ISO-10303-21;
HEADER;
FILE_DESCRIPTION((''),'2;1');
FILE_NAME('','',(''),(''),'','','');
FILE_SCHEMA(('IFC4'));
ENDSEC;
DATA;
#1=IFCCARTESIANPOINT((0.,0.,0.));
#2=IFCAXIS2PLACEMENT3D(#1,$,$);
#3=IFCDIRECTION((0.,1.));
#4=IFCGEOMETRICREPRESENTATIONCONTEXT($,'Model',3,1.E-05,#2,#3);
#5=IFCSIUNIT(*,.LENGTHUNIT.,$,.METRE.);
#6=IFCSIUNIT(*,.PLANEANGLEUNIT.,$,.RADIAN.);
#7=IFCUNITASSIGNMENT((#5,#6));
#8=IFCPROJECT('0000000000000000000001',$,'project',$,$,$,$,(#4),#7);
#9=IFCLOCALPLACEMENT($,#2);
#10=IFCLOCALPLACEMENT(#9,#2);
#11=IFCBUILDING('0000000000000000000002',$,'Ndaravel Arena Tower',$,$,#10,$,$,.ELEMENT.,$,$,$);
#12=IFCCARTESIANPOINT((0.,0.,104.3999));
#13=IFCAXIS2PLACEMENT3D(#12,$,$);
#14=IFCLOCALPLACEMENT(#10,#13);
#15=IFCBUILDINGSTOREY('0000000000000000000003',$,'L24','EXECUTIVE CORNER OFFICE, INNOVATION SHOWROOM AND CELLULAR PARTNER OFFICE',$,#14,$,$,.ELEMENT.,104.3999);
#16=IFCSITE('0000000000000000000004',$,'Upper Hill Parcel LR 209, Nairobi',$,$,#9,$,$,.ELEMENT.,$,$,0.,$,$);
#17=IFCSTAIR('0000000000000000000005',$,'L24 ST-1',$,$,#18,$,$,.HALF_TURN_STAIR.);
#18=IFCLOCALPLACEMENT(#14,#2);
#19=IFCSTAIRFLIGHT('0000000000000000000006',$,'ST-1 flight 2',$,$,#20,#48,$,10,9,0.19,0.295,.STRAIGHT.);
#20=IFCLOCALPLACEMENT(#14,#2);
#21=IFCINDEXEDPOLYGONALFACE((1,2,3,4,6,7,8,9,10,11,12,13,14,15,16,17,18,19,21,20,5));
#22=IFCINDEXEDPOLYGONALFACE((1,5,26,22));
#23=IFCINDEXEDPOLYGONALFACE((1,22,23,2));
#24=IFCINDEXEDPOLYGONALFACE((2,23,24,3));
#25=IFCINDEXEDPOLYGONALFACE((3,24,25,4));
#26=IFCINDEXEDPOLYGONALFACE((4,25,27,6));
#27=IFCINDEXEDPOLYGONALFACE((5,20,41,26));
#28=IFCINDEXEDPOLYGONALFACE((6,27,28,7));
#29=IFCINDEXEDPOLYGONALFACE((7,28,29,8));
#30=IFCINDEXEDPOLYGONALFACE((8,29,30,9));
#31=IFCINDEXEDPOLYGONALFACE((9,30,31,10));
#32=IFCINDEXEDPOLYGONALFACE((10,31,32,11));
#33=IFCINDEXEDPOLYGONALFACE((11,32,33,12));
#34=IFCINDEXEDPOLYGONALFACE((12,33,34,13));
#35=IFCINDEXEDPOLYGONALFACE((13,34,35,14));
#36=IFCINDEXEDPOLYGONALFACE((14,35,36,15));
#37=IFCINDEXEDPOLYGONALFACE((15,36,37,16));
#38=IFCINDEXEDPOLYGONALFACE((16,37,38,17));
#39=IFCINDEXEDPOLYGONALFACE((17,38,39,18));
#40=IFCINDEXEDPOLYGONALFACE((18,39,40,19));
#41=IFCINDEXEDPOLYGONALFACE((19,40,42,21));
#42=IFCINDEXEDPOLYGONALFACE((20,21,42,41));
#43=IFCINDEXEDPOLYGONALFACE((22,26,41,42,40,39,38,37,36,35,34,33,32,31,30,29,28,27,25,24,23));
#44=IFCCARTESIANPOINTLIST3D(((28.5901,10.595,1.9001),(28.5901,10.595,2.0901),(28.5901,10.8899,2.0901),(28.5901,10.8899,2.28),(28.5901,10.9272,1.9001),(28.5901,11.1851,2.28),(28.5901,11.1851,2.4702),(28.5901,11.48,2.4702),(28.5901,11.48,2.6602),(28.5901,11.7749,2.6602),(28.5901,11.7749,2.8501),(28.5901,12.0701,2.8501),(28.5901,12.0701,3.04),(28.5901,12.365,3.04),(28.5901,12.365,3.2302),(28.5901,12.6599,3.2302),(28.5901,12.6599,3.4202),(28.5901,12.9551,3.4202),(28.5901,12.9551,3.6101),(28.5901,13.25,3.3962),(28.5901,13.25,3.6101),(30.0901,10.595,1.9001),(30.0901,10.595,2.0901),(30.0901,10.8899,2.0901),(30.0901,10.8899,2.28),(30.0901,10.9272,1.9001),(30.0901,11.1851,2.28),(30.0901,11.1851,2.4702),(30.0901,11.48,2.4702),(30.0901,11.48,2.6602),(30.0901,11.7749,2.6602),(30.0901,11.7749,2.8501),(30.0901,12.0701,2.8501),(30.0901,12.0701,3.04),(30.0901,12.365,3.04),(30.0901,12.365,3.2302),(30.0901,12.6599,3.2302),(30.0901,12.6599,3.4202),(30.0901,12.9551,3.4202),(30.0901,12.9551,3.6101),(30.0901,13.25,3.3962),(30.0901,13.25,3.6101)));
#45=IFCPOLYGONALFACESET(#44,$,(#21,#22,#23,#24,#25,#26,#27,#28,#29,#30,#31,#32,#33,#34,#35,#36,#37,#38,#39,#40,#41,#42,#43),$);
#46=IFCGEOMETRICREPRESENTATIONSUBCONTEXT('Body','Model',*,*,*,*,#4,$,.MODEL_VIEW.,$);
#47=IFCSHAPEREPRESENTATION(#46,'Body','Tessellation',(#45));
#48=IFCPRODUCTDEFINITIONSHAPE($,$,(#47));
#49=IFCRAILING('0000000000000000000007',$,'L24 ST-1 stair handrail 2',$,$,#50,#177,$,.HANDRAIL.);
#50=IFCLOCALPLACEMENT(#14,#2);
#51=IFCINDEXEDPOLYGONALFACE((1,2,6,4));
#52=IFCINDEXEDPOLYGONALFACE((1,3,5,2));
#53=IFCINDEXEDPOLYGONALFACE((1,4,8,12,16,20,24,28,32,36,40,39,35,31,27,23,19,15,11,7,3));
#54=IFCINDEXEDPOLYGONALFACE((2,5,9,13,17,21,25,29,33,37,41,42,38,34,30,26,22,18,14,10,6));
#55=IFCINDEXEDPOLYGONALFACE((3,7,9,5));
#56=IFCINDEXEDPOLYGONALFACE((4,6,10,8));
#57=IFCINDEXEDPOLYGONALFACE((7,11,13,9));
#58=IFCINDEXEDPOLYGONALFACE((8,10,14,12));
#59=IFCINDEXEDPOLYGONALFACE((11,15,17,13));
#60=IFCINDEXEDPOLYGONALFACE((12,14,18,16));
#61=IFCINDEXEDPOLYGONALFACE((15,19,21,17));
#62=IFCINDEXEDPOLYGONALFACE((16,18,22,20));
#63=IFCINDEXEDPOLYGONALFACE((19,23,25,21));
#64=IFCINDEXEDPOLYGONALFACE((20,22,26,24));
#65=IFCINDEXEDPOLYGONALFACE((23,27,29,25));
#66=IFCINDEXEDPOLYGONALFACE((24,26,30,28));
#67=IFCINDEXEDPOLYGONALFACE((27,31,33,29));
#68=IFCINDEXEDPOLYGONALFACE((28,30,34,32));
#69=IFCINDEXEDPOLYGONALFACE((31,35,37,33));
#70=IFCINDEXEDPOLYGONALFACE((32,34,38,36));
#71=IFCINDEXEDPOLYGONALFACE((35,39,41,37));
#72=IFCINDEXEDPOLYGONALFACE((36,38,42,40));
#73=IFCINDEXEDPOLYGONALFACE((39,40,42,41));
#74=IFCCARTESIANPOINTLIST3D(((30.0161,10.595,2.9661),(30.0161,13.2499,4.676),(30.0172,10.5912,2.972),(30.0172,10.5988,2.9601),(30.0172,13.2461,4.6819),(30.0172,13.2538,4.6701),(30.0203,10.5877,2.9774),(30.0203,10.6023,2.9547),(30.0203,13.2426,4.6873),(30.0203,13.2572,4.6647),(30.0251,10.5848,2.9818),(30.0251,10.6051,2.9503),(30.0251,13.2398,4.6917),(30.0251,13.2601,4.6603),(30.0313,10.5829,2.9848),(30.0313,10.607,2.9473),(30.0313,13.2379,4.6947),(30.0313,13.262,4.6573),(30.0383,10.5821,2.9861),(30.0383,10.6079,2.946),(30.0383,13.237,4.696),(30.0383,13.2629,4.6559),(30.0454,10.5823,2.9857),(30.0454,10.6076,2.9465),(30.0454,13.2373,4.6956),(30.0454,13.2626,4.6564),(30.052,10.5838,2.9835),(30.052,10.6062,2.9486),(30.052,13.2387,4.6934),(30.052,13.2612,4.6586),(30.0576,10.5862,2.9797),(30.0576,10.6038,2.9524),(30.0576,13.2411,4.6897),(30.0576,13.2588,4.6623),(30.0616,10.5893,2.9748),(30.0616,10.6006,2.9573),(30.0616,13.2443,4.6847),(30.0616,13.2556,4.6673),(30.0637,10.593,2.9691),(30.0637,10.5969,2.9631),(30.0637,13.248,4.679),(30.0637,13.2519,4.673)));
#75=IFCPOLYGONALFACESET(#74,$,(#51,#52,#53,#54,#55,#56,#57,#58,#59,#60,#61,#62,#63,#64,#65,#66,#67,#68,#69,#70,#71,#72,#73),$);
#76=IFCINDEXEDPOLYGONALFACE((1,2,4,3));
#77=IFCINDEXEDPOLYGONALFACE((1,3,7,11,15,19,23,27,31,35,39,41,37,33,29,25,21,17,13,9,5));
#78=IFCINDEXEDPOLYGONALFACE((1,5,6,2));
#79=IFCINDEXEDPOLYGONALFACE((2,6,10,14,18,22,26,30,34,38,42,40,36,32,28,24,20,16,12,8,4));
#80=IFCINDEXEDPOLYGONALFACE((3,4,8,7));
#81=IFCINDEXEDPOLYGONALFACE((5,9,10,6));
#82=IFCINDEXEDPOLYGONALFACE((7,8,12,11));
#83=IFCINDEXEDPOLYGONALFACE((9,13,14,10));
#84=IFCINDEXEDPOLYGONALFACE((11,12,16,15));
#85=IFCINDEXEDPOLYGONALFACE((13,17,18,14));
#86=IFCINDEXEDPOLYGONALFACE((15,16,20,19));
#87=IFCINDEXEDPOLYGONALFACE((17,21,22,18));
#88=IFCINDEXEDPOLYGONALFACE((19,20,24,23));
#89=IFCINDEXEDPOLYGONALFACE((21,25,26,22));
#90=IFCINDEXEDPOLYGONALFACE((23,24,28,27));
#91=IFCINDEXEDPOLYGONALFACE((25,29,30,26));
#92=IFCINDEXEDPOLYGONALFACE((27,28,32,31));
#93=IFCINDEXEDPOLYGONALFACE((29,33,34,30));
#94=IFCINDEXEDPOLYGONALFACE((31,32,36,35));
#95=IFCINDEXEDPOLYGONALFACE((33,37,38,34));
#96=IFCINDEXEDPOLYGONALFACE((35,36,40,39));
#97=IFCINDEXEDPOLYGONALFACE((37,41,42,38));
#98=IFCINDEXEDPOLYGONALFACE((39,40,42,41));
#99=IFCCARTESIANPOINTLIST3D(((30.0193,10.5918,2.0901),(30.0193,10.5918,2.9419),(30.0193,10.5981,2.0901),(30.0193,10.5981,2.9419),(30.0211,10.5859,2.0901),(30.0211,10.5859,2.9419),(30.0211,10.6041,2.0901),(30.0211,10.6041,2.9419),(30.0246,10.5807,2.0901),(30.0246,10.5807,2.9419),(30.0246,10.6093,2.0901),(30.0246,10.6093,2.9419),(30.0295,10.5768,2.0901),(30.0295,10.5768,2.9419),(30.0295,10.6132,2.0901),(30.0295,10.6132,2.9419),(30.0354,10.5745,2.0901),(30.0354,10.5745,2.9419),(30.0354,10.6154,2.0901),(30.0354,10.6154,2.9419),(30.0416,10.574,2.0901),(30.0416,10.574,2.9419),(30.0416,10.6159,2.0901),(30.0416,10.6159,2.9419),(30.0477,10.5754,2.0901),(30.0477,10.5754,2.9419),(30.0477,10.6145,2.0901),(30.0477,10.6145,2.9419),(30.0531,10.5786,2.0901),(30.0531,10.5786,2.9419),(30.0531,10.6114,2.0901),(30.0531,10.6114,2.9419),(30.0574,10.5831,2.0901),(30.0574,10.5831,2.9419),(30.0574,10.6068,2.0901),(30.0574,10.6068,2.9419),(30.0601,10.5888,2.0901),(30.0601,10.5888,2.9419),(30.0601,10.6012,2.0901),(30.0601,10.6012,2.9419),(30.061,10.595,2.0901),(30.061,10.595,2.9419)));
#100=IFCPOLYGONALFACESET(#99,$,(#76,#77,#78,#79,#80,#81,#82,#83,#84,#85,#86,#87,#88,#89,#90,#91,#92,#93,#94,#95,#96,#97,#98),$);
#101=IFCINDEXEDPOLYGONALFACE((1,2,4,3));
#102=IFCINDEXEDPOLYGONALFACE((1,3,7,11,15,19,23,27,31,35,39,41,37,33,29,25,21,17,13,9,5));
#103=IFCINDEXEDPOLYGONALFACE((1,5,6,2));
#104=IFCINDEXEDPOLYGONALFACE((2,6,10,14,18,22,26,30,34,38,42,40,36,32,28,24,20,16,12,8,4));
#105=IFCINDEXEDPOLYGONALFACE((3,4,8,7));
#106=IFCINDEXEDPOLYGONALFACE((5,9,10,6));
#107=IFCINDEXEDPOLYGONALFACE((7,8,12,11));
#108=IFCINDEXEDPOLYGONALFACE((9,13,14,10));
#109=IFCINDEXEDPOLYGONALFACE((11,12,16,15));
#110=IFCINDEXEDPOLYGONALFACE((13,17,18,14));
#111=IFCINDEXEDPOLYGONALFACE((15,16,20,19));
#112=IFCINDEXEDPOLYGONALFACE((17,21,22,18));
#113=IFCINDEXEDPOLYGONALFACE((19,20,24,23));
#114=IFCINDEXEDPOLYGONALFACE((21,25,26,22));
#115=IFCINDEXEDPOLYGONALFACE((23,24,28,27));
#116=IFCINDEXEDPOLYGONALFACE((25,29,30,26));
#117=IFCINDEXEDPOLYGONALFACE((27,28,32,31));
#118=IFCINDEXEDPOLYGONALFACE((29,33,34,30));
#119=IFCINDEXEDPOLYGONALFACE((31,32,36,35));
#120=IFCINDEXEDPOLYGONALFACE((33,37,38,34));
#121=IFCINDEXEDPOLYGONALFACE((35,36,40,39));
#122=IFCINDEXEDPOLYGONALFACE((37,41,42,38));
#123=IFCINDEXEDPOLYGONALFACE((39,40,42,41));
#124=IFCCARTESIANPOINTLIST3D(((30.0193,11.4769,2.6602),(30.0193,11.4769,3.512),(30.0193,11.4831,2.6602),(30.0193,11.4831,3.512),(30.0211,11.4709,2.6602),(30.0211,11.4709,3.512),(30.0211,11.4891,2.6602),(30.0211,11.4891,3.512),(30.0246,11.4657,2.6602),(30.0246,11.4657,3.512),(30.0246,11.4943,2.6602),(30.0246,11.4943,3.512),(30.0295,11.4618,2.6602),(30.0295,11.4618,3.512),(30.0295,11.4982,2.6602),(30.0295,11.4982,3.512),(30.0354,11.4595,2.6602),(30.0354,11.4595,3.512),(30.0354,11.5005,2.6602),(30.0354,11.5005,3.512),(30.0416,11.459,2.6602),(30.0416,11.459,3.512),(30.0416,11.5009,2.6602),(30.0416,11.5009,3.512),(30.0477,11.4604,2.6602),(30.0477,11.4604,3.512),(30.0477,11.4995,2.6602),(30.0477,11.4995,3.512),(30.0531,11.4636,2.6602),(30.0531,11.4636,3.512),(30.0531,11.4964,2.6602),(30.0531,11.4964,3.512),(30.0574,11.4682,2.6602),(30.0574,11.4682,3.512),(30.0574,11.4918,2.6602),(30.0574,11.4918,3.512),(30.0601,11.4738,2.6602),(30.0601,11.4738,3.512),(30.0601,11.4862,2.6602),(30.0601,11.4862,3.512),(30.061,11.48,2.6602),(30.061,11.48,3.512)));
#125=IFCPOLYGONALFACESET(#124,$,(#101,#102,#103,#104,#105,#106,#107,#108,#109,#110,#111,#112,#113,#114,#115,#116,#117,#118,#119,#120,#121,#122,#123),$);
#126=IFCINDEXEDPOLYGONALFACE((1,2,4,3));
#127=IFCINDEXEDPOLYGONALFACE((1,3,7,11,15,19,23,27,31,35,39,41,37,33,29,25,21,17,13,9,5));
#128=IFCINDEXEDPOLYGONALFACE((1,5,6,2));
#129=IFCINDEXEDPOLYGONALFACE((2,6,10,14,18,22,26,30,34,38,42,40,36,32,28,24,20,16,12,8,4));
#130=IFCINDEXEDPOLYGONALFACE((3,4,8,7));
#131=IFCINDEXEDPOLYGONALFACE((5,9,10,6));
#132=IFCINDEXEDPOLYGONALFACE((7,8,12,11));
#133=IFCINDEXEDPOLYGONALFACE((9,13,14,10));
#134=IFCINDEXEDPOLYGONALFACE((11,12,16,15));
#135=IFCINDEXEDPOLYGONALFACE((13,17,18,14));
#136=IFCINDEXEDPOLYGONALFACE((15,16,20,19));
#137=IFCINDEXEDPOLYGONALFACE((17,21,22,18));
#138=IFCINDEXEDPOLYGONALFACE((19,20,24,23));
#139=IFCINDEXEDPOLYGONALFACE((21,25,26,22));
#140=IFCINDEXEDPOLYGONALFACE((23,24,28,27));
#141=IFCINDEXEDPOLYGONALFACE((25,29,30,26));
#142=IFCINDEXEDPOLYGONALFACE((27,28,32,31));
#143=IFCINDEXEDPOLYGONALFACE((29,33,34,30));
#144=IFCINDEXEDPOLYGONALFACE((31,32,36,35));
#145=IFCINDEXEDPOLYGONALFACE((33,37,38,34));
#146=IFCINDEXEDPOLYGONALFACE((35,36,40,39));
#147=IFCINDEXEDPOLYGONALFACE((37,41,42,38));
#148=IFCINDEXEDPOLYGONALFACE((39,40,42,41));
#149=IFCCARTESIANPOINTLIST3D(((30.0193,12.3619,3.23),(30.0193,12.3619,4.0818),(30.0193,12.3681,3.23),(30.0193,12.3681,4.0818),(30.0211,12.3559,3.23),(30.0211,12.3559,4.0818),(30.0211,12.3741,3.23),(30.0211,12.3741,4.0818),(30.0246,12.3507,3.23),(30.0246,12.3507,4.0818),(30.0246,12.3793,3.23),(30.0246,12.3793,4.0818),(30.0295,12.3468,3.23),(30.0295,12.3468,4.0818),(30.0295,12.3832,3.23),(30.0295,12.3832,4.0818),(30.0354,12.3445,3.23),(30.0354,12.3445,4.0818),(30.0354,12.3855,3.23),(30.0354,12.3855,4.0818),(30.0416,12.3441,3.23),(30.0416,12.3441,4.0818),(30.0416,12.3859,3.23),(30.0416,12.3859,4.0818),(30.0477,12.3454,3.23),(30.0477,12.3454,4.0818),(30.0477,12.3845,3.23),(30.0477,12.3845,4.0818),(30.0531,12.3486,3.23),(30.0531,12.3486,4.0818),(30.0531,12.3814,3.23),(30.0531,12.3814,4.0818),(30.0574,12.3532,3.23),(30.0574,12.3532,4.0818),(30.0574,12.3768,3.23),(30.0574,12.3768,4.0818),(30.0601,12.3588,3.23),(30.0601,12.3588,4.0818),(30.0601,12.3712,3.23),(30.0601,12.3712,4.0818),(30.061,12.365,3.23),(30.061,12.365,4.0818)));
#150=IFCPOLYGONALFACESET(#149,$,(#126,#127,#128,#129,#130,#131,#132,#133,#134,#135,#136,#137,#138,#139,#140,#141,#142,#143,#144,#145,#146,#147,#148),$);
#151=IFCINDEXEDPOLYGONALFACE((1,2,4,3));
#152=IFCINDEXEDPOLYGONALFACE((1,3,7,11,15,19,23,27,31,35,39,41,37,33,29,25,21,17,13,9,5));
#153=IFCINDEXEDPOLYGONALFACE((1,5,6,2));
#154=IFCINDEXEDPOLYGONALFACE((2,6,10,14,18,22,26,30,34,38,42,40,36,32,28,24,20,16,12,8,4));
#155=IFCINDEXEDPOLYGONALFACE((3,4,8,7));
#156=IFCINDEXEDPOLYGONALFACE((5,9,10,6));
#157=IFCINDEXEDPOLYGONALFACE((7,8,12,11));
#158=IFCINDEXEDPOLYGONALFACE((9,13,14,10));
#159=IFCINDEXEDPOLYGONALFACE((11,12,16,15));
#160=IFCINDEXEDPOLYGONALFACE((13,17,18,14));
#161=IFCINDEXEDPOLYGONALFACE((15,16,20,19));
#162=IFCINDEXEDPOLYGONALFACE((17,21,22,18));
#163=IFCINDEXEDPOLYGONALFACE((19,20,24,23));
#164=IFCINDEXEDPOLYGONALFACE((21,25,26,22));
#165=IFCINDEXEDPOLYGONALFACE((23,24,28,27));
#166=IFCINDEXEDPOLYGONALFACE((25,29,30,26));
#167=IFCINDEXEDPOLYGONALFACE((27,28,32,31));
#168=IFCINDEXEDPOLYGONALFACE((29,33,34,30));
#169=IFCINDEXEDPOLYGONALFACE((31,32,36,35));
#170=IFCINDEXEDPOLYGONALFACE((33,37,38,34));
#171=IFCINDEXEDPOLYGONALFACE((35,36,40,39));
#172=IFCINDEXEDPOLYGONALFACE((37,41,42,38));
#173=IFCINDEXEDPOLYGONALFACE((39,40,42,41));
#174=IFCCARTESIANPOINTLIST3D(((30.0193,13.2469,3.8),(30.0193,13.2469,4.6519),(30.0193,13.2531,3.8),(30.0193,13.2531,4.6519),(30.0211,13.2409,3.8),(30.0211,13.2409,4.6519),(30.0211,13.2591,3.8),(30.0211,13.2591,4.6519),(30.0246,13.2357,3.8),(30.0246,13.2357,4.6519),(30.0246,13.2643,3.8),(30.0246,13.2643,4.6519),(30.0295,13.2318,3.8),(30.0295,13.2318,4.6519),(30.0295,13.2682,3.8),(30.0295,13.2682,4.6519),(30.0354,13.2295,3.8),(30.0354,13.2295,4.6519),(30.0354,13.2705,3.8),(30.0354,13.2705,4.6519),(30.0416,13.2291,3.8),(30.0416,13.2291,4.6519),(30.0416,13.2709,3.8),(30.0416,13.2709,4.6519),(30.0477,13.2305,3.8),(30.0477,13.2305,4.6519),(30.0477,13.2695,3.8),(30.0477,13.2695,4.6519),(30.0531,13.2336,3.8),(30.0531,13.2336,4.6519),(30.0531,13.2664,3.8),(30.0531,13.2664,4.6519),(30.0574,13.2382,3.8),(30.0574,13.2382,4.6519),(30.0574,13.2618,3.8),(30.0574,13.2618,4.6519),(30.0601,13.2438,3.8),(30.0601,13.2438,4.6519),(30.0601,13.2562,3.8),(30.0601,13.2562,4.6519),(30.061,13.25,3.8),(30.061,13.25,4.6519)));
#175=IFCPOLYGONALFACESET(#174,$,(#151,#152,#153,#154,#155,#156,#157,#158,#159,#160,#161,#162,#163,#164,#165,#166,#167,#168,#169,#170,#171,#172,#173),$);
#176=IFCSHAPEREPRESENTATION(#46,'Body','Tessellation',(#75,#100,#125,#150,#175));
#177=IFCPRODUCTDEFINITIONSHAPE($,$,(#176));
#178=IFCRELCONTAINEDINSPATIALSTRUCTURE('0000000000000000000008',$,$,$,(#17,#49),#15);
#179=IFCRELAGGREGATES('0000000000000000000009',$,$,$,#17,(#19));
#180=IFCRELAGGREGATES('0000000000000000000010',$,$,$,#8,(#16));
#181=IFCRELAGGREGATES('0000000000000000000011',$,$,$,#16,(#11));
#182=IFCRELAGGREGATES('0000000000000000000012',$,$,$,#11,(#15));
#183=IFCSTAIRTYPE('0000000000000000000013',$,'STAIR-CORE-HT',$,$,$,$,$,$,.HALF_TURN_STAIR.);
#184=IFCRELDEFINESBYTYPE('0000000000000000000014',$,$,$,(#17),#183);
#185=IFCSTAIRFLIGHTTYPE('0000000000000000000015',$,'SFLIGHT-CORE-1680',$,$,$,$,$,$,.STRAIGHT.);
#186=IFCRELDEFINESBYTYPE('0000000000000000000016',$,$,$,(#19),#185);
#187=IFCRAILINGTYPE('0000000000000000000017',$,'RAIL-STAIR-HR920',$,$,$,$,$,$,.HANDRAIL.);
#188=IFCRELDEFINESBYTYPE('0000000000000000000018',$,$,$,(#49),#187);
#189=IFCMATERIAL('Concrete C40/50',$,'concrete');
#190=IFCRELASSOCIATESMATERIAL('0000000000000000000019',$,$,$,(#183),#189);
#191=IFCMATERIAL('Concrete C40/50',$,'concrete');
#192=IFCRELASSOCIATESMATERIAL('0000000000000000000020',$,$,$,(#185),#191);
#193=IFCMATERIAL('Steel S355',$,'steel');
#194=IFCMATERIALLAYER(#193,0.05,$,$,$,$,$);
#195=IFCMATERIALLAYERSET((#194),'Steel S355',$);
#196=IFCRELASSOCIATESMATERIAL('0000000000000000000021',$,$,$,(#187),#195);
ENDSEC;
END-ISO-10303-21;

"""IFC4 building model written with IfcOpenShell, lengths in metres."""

from ifc_helpers import new_model, si_unit, direction, frame, origin, origin_2d, place, context, subcontext, project, spatial, polyline, circle, outline, extrude, material, layer, layer_set, type_object, element, aggregate, save


model = new_model("IFC4")

# Units and contexts
model_context = context("Model", 3, precision=1e-05, world=origin(), true_north=direction((0.0, 1.0)))
body_context = subcontext(model_context, "Body", "Model", "MODEL_VIEW")
ifc_project = project(units=[si_unit("LENGTHUNIT", "METRE"), si_unit("PLANEANGLEUNIT", "RADIAN")], contexts=[model_context])

# Site, building, storey
site_placement = place(None, origin())
site = spatial("IfcSite", under=ifc_project, at=site_placement, Name="Upper Hill Parcel LR 209, Nairobi", CompositionType="ELEMENT", RefElevation=0.0)
building_placement = place(site_placement, origin())
building = spatial("IfcBuilding", under=site, at=building_placement, Name="Ndaravel Arena Tower", CompositionType="ELEMENT")
storey_placement = place(building_placement, frame((0.0, 0.0, 104.3999)))
storey = spatial("IfcBuildingStorey", under=building, at=storey_placement, Name="L24", Description="EXECUTIVE CORNER OFFICE, INNOVATION SHOWROOM AND CELLULAR PARTNER OFFICE", CompositionType="ELEMENT", Elevation=104.3999)

# Stair, stair flight
ifc_material_1 = material(Name="Concrete C40/50", Category="concrete")
stair_type = type_object("IfcStairType", Name="STAIR-CORE-HT", PredefinedType="HALF_TURN_STAIR", material=ifc_material_1)
stair_placement = place(storey_placement, origin())
stair = element("IfcStair", 1, at=stair_placement, inside=storey, type_object=stair_type, Name="L24 ST-1", PredefinedType="HALF_TURN_STAIR")
ifc_material_2 = material(Name="Concrete C40/50", Category="concrete")
stair_flight_type = type_object("IfcStairFlightType", Name="SFLIGHT-CORE-1680", PredefinedType="STRAIGHT", material=ifc_material_2)
stair_flight_placement = place(storey_placement, frame((29.3401, 10.595, 1.9001), z_axis=(0.0, 0.0, 1.0), x_axis=(0.0, 1.0, 0.0)))
stair_flight = element("IfcStairFlight", 2, at=stair_flight_placement, type_object=stair_flight_type, Name="ST-1 flight 2", NumberOfRisers=10, NumberOfTreads=9, PredefinedType="STRAIGHT", RiserHeight=0.19, TreadLength=0.295, context=body_context, shape_type="SweptSolid", body=[
    extrude(outline(polyline([(0.0, 0.0), (0.0, 0.1899), (0.2949, 0.1899), (0.2949, 0.3799), (0.5901, 0.3799), (0.5901, 0.5701), (0.885, 0.5701), (0.885, 0.76), (1.1799, 0.76), (1.1799, 0.95), (1.4751, 0.95), (1.4751, 1.1399), (1.77, 1.1399), (1.77, 1.3301), (2.0649, 1.3301), (2.0649, 1.52), (2.3601, 1.52), (2.3601, 1.71), (2.655, 1.71), (2.655, 1.8999), (2.655, 1.4961), (0.3323, 0.0), (0.0, 0.0)])), frame((0.0, 0.75, 0.0), z_axis=(0.0, -1.0, 0.0), x_axis=(1.0, 0.0, 0.0)), (0.0, 0.0, 1.0), 1.5),
])
aggregate(stair, [stair_flight])

# Railing
ifc_material_3 = material(Name="Steel S355", Category="steel")
ifc_layer_1 = layer(ifc_material_3, 0.05)
ifc_layer_set_1 = layer_set([ifc_layer_1], Name="Steel S355")
railing_type_1 = type_object("IfcRailingType", Name="RAIL-STAIR-HR920", PredefinedType="HANDRAIL", material=ifc_layer_set_1)
railing_1_placement = place(storey_placement, frame((30.04, 10.595, 2.0901)))
element("IfcRailing", 3, at=railing_1_placement, inside=storey, type_object=railing_type_1, Name="L24 ST-1 stair handrail 2", PredefinedType="HANDRAIL", context=body_context, shape_type="SweptSolid", body=[
    extrude(circle(Radius=0.0239, at=origin_2d()), frame((0.0, 0.0, 0.876), z_axis=(0.0, 0.840724, 0.541465), x_axis=(-1.0, 0.0, 0.0)), (0.0, 0.0, 1.0), 3.158),
    extrude(circle(Radius=0.021, at=origin_2d()), origin(), (0.0, 0.0, 1.0), 0.8518),
    extrude(circle(Radius=0.021, at=origin_2d()), frame((0.0, 0.885, 0.5701)), (0.0, 0.0, 1.0), 0.8518),
    extrude(circle(Radius=0.021, at=origin_2d()), frame((0.0, 1.77, 1.1399)), (0.0, 0.0, 1.0), 0.8518),
    extrude(circle(Radius=0.021, at=origin_2d()), frame((0.0, 2.655, 1.71)), (0.0, 0.0, 1.0), 0.8518),
])

save(model, "model.ifc")
